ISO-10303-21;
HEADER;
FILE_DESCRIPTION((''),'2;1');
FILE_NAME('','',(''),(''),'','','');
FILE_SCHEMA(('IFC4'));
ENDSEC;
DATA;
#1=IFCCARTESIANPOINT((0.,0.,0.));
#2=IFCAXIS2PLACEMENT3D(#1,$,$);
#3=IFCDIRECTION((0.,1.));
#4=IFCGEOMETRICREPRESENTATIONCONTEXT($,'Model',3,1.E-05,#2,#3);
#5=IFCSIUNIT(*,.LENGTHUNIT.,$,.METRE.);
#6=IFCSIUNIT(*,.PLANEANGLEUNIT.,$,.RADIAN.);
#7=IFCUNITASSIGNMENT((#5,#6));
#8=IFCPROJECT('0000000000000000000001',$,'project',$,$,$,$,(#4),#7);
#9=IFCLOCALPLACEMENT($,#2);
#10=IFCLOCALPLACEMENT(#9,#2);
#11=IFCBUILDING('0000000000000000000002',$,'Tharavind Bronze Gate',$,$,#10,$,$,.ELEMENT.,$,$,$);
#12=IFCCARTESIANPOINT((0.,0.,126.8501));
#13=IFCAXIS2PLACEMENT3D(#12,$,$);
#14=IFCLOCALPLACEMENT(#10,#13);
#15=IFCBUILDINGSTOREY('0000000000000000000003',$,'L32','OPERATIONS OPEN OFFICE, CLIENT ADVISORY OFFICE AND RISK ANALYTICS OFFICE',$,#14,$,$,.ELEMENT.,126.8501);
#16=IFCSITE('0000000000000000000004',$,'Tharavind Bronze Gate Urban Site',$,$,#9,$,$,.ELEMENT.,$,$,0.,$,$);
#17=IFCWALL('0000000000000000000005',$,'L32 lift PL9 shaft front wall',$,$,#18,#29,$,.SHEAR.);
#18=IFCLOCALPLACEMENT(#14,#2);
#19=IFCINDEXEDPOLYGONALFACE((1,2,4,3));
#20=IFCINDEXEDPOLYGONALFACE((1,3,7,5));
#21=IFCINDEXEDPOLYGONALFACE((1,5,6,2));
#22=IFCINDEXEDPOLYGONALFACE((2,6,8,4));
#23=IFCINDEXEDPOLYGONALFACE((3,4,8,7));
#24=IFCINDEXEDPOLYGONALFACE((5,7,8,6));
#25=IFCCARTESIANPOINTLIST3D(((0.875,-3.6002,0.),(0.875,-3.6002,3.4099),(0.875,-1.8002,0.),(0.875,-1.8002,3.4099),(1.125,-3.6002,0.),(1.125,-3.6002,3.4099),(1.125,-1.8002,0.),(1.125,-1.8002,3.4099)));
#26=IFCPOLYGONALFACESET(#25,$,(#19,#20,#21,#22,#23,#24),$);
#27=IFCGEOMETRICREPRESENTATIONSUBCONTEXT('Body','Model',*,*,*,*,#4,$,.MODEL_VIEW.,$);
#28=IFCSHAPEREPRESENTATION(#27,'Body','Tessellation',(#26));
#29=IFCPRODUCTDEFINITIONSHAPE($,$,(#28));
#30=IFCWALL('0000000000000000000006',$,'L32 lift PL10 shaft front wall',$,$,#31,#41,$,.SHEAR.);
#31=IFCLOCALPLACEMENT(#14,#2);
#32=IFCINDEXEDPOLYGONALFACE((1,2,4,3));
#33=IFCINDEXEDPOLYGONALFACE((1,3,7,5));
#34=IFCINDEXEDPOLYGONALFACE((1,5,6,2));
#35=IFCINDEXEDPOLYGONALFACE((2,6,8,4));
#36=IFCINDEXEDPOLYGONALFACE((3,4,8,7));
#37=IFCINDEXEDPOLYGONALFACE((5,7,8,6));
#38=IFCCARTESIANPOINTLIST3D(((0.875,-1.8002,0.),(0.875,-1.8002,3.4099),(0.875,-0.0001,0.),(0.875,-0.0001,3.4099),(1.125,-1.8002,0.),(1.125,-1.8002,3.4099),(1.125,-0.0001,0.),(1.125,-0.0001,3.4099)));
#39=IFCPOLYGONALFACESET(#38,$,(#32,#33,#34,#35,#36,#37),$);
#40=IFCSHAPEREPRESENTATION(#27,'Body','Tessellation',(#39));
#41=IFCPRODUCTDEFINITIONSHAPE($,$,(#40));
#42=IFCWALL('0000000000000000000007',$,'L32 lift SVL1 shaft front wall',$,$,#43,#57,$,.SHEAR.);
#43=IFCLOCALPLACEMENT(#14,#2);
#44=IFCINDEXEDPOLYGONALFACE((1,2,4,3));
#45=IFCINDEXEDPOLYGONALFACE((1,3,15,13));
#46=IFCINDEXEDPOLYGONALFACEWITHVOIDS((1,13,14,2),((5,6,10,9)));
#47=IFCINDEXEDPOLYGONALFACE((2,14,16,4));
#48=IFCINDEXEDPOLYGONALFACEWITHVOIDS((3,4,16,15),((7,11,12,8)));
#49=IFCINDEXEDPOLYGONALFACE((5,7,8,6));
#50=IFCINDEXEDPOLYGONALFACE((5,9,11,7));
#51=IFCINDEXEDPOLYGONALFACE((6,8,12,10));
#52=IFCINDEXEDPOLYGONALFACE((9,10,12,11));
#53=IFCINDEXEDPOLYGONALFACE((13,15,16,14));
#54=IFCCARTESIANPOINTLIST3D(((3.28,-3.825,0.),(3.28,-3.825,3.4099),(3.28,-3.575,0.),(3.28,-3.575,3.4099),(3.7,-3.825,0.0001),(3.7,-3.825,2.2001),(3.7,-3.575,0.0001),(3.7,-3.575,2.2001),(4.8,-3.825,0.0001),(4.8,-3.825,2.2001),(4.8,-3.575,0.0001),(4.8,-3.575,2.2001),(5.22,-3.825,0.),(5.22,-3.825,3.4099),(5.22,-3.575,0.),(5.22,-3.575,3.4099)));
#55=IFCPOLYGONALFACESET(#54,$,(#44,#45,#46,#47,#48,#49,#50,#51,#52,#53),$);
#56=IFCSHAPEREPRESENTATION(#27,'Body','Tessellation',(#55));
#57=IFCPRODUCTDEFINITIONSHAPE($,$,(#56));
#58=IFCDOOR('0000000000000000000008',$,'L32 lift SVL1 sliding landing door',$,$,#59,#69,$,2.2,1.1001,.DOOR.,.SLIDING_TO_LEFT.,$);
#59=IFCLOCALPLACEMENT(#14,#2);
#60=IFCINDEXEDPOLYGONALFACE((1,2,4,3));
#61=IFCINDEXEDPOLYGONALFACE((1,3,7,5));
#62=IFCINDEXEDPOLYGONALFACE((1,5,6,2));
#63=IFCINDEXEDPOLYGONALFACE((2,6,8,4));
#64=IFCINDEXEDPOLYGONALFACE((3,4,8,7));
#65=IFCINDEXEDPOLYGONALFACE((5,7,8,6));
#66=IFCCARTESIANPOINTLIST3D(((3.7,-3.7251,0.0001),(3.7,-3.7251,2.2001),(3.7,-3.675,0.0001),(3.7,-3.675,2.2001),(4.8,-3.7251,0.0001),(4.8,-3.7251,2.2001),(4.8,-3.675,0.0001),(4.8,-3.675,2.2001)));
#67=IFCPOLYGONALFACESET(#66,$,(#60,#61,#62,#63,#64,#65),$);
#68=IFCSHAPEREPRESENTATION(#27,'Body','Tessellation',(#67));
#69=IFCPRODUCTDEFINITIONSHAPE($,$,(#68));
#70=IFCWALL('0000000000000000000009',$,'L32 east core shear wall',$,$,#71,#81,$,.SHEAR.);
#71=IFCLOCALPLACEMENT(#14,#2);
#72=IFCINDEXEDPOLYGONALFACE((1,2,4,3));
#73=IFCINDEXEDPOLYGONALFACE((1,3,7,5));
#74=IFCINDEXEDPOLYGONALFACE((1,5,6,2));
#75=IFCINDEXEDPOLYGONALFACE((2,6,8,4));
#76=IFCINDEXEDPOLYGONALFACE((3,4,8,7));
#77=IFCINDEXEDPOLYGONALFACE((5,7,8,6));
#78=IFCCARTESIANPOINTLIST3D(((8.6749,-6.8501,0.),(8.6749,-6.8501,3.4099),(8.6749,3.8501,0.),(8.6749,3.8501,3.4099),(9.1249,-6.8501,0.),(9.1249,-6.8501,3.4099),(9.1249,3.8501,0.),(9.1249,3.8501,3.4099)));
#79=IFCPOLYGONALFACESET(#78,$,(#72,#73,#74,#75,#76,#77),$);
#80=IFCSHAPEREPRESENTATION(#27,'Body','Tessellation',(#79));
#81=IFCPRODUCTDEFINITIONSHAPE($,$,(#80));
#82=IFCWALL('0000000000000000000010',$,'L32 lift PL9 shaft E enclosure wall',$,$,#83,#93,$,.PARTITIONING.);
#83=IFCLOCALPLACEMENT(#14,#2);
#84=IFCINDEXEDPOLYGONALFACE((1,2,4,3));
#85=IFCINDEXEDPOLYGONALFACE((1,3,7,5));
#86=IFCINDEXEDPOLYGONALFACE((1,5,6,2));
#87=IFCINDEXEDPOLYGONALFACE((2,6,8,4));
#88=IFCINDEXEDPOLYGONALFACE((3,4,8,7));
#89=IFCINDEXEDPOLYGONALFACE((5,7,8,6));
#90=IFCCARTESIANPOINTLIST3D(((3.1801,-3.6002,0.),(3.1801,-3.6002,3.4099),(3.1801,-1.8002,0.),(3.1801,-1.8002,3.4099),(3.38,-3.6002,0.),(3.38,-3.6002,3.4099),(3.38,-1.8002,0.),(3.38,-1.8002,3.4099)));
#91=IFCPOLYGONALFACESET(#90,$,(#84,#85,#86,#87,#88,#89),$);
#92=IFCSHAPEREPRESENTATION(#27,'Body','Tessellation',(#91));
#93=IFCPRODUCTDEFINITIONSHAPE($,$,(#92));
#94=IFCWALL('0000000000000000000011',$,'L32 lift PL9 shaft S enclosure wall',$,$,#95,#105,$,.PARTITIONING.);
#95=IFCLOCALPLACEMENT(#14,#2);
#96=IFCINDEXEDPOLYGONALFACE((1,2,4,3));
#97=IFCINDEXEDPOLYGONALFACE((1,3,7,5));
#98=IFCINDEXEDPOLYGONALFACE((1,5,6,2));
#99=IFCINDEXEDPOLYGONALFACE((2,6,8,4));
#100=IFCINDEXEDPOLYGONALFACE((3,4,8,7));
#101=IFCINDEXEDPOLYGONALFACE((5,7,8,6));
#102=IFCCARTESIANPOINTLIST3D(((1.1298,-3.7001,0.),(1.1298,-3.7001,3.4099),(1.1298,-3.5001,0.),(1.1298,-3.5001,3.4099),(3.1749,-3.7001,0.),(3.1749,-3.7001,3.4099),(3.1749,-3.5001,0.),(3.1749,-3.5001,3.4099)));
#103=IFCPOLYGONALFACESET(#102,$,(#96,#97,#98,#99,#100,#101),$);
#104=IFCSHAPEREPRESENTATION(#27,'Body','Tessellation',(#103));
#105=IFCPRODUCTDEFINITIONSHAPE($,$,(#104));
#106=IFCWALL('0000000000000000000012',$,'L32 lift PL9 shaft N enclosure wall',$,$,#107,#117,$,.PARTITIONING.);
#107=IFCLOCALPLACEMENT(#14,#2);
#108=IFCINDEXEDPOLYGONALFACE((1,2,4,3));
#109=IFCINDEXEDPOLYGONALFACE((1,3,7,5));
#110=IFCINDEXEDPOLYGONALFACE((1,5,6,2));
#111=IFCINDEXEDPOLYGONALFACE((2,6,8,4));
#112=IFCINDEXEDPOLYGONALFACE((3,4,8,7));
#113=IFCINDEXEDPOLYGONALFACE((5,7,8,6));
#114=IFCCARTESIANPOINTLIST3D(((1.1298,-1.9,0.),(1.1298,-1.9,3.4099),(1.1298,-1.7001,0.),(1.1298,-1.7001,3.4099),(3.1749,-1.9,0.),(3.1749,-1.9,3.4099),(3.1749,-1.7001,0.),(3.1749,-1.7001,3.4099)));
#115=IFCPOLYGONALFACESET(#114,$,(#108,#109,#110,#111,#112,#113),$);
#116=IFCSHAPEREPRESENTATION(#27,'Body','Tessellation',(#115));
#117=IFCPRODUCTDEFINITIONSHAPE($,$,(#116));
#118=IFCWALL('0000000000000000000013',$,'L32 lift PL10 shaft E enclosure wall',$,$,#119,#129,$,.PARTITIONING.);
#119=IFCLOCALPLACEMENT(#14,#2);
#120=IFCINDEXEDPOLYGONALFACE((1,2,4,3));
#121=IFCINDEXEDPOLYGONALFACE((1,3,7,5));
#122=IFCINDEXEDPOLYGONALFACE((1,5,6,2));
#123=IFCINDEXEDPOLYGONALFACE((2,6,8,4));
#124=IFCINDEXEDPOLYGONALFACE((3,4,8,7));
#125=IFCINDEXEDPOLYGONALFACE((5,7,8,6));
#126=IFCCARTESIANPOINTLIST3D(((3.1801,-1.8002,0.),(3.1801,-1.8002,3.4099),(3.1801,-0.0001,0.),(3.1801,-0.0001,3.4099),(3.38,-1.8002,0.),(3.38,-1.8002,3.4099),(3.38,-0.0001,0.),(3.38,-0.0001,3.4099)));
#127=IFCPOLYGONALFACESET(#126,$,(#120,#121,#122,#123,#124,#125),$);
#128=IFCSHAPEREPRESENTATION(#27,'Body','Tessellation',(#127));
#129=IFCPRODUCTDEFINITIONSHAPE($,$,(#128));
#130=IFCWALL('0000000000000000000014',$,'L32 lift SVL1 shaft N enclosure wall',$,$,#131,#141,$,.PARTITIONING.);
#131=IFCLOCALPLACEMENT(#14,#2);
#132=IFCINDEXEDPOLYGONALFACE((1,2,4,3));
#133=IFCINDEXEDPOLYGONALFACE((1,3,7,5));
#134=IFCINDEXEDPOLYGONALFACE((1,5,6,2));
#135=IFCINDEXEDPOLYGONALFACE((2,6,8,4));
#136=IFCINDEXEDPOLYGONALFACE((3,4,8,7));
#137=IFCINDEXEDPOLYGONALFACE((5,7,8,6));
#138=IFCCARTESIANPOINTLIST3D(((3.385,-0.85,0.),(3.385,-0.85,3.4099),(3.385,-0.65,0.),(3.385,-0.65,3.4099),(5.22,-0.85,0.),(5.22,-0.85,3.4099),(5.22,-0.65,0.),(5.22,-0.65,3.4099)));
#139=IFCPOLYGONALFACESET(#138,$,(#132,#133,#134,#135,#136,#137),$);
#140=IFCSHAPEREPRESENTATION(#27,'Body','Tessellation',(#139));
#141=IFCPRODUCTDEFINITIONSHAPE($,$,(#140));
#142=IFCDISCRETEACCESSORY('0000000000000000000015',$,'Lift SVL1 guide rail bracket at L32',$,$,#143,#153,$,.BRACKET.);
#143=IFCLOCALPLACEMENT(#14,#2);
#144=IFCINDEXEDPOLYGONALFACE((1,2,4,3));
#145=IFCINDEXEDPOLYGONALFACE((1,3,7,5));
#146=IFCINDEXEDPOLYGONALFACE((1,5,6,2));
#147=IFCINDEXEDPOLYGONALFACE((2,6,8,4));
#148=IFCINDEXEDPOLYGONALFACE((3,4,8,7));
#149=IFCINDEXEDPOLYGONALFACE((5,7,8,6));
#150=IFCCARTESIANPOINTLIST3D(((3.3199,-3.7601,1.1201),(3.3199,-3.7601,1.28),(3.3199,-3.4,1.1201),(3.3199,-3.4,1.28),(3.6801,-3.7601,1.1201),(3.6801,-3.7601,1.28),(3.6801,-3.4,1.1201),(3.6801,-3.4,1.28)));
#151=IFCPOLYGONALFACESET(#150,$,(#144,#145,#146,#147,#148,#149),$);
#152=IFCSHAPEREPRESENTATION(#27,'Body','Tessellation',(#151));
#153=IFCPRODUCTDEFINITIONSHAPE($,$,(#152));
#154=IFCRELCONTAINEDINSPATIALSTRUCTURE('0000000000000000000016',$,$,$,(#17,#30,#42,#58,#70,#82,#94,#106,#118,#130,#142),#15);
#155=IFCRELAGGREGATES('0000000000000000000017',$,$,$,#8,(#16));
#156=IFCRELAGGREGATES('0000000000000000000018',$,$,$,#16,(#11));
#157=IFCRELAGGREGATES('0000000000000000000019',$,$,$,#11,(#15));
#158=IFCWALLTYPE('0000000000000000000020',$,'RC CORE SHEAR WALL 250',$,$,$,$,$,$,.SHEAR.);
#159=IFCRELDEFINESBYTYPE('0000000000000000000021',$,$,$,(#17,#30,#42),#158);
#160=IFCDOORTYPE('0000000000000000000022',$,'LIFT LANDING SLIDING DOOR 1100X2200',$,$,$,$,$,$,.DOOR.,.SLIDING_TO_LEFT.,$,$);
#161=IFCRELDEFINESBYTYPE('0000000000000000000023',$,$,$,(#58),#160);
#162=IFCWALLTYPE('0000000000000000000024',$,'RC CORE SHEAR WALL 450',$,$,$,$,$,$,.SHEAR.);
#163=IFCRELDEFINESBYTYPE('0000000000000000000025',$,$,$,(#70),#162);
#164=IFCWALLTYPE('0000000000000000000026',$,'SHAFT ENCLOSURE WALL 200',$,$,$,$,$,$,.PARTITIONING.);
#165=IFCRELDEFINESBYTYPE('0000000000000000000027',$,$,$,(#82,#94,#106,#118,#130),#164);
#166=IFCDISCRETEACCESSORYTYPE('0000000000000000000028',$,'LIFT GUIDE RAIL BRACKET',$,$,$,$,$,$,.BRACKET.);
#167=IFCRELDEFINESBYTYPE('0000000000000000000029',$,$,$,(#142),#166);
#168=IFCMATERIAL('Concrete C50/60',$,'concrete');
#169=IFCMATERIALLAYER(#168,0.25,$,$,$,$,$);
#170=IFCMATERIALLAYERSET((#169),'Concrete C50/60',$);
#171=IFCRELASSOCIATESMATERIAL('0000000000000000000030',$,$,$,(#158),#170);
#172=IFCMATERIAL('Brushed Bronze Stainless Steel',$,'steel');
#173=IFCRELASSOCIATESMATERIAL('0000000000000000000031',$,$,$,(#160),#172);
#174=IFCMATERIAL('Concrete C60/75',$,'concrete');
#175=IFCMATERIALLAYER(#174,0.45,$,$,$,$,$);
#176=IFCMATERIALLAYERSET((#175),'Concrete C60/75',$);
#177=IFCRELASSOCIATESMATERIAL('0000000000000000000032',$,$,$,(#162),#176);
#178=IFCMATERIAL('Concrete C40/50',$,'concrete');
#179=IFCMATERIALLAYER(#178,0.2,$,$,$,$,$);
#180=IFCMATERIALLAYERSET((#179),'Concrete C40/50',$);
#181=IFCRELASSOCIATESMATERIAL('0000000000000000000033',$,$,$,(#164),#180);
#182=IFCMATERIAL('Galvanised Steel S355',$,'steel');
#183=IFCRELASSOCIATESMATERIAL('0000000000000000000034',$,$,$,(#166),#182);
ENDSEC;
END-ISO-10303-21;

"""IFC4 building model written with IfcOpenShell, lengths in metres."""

from ifc_helpers import new_model, si_unit, direction, frame, frame_2d, origin, origin_2d, place, context, subcontext, project, spatial, rectangle, extrude, material, layer, layer_set, type_object, element, fill, save


model = new_model("IFC4")

# Units and contexts
model_context = context("Model", 3, precision=1e-05, world=origin(), true_north=direction((0.0, 1.0)))
body_context = subcontext(model_context, "Body", "Model", "MODEL_VIEW")
ifc_project = project(units=[si_unit("LENGTHUNIT", "METRE"), si_unit("PLANEANGLEUNIT", "RADIAN")], contexts=[model_context])

# Site, building, storey
site_placement = place(None, origin())
site = spatial("IfcSite", under=ifc_project, at=site_placement, Name="Tharavind Bronze Gate Urban Site", CompositionType="ELEMENT", RefElevation=0.0)
building_placement = place(site_placement, origin())
building = spatial("IfcBuilding", under=site, at=building_placement, Name="Tharavind Bronze Gate", CompositionType="ELEMENT")
storey_placement = place(building_placement, frame((0.0, 0.0, 126.8501)))
storey = spatial("IfcBuildingStorey", under=building, at=storey_placement, Name="L32", Description="OPERATIONS OPEN OFFICE, CLIENT ADVISORY OFFICE AND RISK ANALYTICS OFFICE", CompositionType="ELEMENT", Elevation=126.8501)

# Walls
ifc_material_1 = material(Name="Concrete C50/60", Category="concrete")
ifc_layer_1 = layer(ifc_material_1, 0.25)
ifc_layer_set_1 = layer_set([ifc_layer_1], Name="Concrete C50/60")
wall_type_1 = type_object("IfcWallType", Name="RC CORE SHEAR WALL 250", PredefinedType="SHEAR", material=ifc_layer_set_1)
for number, where, z_axis, x_axis, name in (
    (1, (1.0, -3.6001, 0.0), (0.0, 0.0, 1.0), (0.0, 1.0, 0.0), "L32 lift PL9 shaft front wall"),
    (2, (1.0, -1.8, 0.0), (0.0, 0.0, 1.0), (0.0, 1.0, 0.0), "L32 lift PL10 shaft front wall"),
):
    element("IfcWall", number, at=place(storey_placement, frame(where, z_axis=z_axis, x_axis=x_axis)), inside=storey, type_object=wall_type_1, Name=name, PredefinedType="SHEAR", context=body_context, shape_type="SweptSolid", body=[
        extrude(rectangle(XDim=1.8, YDim=0.25, at=frame_2d((0.8999, 0.0))), origin(), (0.0, 0.0, 1.0), 3.4099),
    ])

# Wall, opening, door
wall_1_placement = place(storey_placement, frame((3.28, -3.7, 0.0), z_axis=(0.0, 0.0, 1.0), x_axis=(1.0, 0.0, 0.0)))
wall_1 = element("IfcWall", 3, at=wall_1_placement, inside=storey, type_object=wall_type_1, Name="L32 lift SVL1 shaft front wall", PredefinedType="SHEAR", context=body_context, shape_type="SweptSolid", body=[
    extrude(rectangle(XDim=1.9399, YDim=0.25, at=frame_2d((0.97, 0.0))), origin(), (0.0, 0.0, 1.0), 3.4099),
])
opening_1_placement = place(wall_1_placement, frame((0.4199, 0.0, 0.0)))
opening_1 = element("IfcOpeningElement", 4, at=opening_1_placement, cuts=wall_1, PredefinedType="OPENING", context=body_context, shape_type="SweptSolid", body=[
    extrude(rectangle(XDim=1.1001, YDim=2.2, at=frame_2d((0.55, 1.1001))), frame((0.0, 0.135, 0.0), z_axis=(0.0, -1.0, 0.0), x_axis=(1.0, 0.0, 0.0)), (0.0, 0.0, 1.0), 0.27),
])
ifc_material_2 = material(Name="Brushed Bronze Stainless Steel", Category="steel")
door_type_1 = type_object("IfcDoorType", Name="LIFT LANDING SLIDING DOOR 1100X2200", OperationType="SLIDING_TO_LEFT", PredefinedType="DOOR", material=ifc_material_2)
door_1_placement = place(opening_1_placement, origin())
door_1 = element("IfcDoor", 5, at=door_1_placement, inside=storey, type_object=door_type_1, Name="L32 lift SVL1 sliding landing door", OperationType="SLIDING_TO_LEFT", OverallHeight=2.2, OverallWidth=1.1001, PredefinedType="DOOR", context=body_context, shape_type="SweptSolid", body=[
    extrude(rectangle(XDim=1.1001, YDim=2.2, at=frame_2d((0.55, 1.1001))), frame((0.0, 0.0249, 0.0), z_axis=(0.0, -1.0, 0.0), x_axis=(1.0, 0.0, 0.0)), (0.0, 0.0, 1.0), 0.05),
])
fill(opening_1, door_1)

# Walls
ifc_material_3 = material(Name="Concrete C60/75", Category="concrete")
ifc_layer_2 = layer(ifc_material_3, 0.45)
ifc_layer_set_2 = layer_set([ifc_layer_2], Name="Concrete C60/75")
wall_type_2 = type_object("IfcWallType", Name="RC CORE SHEAR WALL 450", PredefinedType="SHEAR", material=ifc_layer_set_2)
wall_2_placement = place(storey_placement, frame((8.8999, -6.8501, 0.0), z_axis=(0.0, 0.0, 1.0), x_axis=(0.0, 1.0, 0.0)))
element("IfcWall", 6, at=wall_2_placement, inside=storey, type_object=wall_type_2, Name="L32 east core shear wall", PredefinedType="SHEAR", context=body_context, shape_type="SweptSolid", body=[
    extrude(rectangle(XDim=10.7002, YDim=0.45, at=frame_2d((5.3501, 0.0))), origin(), (0.0, 0.0, 1.0), 3.4099),
])
ifc_material_4 = material(Name="Concrete C40/50", Category="concrete")
ifc_layer_3 = layer(ifc_material_4, 0.2)
ifc_layer_set_3 = layer_set([ifc_layer_3], Name="Concrete C40/50")
wall_type_3 = type_object("IfcWallType", Name="SHAFT ENCLOSURE WALL 200", PredefinedType="PARTITIONING", material=ifc_layer_set_3)
wall_3_placement = place(storey_placement, frame((3.28, -3.6001, 0.0), z_axis=(0.0, 0.0, 1.0), x_axis=(0.0, 1.0, 0.0)))
element("IfcWall", 7, at=wall_3_placement, inside=storey, type_object=wall_type_3, Name="L32 lift PL9 shaft E enclosure wall", PredefinedType="PARTITIONING", context=body_context, shape_type="SweptSolid", body=[
    extrude(rectangle(XDim=1.8, YDim=0.2, at=frame_2d((0.8999, 0.0))), origin(), (0.0, 0.0, 1.0), 3.4099),
])
for number, where, z_axis, x_axis, name in (
    (8, (1.1299, -3.6001, 0.0), (0.0, 0.0, 1.0), (1.0, 0.0, 0.0), "L32 lift PL9 shaft S enclosure wall"),
    (9, (1.1299, -1.8, 0.0), (0.0, 0.0, 1.0), (1.0, 0.0, 0.0), "L32 lift PL9 shaft N enclosure wall"),
):
    element("IfcWall", number, at=place(storey_placement, frame(where, z_axis=z_axis, x_axis=x_axis)), inside=storey, type_object=wall_type_3, Name=name, PredefinedType="PARTITIONING", context=body_context, shape_type="SweptSolid", body=[
        extrude(rectangle(XDim=2.0452, YDim=0.2, at=frame_2d((1.0225, 0.0))), origin(), (0.0, 0.0, 1.0), 3.4099),
    ])
wall_4_placement = place(storey_placement, frame((3.28, -1.8, 0.0), z_axis=(0.0, 0.0, 1.0), x_axis=(0.0, 1.0, 0.0)))
element("IfcWall", 10, at=wall_4_placement, inside=storey, type_object=wall_type_3, Name="L32 lift PL10 shaft E enclosure wall", PredefinedType="PARTITIONING", context=body_context, shape_type="SweptSolid", body=[
    extrude(rectangle(XDim=1.8, YDim=0.2, at=frame_2d((0.8999, 0.0))), origin(), (0.0, 0.0, 1.0), 3.4099),
])
wall_5_placement = place(storey_placement, frame((3.385, -0.75, 0.0), z_axis=(0.0, 0.0, 1.0), x_axis=(1.0, 0.0, 0.0)))
element("IfcWall", 11, at=wall_5_placement, inside=storey, type_object=wall_type_3, Name="L32 lift SVL1 shaft N enclosure wall", PredefinedType="PARTITIONING", context=body_context, shape_type="SweptSolid", body=[
    extrude(rectangle(XDim=1.835, YDim=0.2, at=frame_2d((0.9175, 0.0))), origin(), (0.0, 0.0, 1.0), 3.4099),
])

# Discrete accessory
ifc_material_5 = material(Name="Galvanised Steel S355", Category="steel")
discrete_accessory_type = type_object("IfcDiscreteAccessoryType", Name="LIFT GUIDE RAIL BRACKET", PredefinedType="BRACKET", material=ifc_material_5)
discrete_accessory_placement = place(storey_placement, frame((3.5, -3.5801, 1.1201), z_axis=(0.0, 0.0, 1.0), x_axis=(1.0, 0.0, 0.0)))
element("IfcDiscreteAccessory", 12, at=discrete_accessory_placement, inside=storey, type_object=discrete_accessory_type, Name="Lift SVL1 guide rail bracket at L32", PredefinedType="BRACKET", context=body_context, shape_type="SweptSolid", body=[
    extrude(rectangle(XDim=0.3601, YDim=0.3601, at=origin_2d()), origin(), (0.0, 0.0, 1.0), 0.1599),
])

save(model, "model.ifc")
